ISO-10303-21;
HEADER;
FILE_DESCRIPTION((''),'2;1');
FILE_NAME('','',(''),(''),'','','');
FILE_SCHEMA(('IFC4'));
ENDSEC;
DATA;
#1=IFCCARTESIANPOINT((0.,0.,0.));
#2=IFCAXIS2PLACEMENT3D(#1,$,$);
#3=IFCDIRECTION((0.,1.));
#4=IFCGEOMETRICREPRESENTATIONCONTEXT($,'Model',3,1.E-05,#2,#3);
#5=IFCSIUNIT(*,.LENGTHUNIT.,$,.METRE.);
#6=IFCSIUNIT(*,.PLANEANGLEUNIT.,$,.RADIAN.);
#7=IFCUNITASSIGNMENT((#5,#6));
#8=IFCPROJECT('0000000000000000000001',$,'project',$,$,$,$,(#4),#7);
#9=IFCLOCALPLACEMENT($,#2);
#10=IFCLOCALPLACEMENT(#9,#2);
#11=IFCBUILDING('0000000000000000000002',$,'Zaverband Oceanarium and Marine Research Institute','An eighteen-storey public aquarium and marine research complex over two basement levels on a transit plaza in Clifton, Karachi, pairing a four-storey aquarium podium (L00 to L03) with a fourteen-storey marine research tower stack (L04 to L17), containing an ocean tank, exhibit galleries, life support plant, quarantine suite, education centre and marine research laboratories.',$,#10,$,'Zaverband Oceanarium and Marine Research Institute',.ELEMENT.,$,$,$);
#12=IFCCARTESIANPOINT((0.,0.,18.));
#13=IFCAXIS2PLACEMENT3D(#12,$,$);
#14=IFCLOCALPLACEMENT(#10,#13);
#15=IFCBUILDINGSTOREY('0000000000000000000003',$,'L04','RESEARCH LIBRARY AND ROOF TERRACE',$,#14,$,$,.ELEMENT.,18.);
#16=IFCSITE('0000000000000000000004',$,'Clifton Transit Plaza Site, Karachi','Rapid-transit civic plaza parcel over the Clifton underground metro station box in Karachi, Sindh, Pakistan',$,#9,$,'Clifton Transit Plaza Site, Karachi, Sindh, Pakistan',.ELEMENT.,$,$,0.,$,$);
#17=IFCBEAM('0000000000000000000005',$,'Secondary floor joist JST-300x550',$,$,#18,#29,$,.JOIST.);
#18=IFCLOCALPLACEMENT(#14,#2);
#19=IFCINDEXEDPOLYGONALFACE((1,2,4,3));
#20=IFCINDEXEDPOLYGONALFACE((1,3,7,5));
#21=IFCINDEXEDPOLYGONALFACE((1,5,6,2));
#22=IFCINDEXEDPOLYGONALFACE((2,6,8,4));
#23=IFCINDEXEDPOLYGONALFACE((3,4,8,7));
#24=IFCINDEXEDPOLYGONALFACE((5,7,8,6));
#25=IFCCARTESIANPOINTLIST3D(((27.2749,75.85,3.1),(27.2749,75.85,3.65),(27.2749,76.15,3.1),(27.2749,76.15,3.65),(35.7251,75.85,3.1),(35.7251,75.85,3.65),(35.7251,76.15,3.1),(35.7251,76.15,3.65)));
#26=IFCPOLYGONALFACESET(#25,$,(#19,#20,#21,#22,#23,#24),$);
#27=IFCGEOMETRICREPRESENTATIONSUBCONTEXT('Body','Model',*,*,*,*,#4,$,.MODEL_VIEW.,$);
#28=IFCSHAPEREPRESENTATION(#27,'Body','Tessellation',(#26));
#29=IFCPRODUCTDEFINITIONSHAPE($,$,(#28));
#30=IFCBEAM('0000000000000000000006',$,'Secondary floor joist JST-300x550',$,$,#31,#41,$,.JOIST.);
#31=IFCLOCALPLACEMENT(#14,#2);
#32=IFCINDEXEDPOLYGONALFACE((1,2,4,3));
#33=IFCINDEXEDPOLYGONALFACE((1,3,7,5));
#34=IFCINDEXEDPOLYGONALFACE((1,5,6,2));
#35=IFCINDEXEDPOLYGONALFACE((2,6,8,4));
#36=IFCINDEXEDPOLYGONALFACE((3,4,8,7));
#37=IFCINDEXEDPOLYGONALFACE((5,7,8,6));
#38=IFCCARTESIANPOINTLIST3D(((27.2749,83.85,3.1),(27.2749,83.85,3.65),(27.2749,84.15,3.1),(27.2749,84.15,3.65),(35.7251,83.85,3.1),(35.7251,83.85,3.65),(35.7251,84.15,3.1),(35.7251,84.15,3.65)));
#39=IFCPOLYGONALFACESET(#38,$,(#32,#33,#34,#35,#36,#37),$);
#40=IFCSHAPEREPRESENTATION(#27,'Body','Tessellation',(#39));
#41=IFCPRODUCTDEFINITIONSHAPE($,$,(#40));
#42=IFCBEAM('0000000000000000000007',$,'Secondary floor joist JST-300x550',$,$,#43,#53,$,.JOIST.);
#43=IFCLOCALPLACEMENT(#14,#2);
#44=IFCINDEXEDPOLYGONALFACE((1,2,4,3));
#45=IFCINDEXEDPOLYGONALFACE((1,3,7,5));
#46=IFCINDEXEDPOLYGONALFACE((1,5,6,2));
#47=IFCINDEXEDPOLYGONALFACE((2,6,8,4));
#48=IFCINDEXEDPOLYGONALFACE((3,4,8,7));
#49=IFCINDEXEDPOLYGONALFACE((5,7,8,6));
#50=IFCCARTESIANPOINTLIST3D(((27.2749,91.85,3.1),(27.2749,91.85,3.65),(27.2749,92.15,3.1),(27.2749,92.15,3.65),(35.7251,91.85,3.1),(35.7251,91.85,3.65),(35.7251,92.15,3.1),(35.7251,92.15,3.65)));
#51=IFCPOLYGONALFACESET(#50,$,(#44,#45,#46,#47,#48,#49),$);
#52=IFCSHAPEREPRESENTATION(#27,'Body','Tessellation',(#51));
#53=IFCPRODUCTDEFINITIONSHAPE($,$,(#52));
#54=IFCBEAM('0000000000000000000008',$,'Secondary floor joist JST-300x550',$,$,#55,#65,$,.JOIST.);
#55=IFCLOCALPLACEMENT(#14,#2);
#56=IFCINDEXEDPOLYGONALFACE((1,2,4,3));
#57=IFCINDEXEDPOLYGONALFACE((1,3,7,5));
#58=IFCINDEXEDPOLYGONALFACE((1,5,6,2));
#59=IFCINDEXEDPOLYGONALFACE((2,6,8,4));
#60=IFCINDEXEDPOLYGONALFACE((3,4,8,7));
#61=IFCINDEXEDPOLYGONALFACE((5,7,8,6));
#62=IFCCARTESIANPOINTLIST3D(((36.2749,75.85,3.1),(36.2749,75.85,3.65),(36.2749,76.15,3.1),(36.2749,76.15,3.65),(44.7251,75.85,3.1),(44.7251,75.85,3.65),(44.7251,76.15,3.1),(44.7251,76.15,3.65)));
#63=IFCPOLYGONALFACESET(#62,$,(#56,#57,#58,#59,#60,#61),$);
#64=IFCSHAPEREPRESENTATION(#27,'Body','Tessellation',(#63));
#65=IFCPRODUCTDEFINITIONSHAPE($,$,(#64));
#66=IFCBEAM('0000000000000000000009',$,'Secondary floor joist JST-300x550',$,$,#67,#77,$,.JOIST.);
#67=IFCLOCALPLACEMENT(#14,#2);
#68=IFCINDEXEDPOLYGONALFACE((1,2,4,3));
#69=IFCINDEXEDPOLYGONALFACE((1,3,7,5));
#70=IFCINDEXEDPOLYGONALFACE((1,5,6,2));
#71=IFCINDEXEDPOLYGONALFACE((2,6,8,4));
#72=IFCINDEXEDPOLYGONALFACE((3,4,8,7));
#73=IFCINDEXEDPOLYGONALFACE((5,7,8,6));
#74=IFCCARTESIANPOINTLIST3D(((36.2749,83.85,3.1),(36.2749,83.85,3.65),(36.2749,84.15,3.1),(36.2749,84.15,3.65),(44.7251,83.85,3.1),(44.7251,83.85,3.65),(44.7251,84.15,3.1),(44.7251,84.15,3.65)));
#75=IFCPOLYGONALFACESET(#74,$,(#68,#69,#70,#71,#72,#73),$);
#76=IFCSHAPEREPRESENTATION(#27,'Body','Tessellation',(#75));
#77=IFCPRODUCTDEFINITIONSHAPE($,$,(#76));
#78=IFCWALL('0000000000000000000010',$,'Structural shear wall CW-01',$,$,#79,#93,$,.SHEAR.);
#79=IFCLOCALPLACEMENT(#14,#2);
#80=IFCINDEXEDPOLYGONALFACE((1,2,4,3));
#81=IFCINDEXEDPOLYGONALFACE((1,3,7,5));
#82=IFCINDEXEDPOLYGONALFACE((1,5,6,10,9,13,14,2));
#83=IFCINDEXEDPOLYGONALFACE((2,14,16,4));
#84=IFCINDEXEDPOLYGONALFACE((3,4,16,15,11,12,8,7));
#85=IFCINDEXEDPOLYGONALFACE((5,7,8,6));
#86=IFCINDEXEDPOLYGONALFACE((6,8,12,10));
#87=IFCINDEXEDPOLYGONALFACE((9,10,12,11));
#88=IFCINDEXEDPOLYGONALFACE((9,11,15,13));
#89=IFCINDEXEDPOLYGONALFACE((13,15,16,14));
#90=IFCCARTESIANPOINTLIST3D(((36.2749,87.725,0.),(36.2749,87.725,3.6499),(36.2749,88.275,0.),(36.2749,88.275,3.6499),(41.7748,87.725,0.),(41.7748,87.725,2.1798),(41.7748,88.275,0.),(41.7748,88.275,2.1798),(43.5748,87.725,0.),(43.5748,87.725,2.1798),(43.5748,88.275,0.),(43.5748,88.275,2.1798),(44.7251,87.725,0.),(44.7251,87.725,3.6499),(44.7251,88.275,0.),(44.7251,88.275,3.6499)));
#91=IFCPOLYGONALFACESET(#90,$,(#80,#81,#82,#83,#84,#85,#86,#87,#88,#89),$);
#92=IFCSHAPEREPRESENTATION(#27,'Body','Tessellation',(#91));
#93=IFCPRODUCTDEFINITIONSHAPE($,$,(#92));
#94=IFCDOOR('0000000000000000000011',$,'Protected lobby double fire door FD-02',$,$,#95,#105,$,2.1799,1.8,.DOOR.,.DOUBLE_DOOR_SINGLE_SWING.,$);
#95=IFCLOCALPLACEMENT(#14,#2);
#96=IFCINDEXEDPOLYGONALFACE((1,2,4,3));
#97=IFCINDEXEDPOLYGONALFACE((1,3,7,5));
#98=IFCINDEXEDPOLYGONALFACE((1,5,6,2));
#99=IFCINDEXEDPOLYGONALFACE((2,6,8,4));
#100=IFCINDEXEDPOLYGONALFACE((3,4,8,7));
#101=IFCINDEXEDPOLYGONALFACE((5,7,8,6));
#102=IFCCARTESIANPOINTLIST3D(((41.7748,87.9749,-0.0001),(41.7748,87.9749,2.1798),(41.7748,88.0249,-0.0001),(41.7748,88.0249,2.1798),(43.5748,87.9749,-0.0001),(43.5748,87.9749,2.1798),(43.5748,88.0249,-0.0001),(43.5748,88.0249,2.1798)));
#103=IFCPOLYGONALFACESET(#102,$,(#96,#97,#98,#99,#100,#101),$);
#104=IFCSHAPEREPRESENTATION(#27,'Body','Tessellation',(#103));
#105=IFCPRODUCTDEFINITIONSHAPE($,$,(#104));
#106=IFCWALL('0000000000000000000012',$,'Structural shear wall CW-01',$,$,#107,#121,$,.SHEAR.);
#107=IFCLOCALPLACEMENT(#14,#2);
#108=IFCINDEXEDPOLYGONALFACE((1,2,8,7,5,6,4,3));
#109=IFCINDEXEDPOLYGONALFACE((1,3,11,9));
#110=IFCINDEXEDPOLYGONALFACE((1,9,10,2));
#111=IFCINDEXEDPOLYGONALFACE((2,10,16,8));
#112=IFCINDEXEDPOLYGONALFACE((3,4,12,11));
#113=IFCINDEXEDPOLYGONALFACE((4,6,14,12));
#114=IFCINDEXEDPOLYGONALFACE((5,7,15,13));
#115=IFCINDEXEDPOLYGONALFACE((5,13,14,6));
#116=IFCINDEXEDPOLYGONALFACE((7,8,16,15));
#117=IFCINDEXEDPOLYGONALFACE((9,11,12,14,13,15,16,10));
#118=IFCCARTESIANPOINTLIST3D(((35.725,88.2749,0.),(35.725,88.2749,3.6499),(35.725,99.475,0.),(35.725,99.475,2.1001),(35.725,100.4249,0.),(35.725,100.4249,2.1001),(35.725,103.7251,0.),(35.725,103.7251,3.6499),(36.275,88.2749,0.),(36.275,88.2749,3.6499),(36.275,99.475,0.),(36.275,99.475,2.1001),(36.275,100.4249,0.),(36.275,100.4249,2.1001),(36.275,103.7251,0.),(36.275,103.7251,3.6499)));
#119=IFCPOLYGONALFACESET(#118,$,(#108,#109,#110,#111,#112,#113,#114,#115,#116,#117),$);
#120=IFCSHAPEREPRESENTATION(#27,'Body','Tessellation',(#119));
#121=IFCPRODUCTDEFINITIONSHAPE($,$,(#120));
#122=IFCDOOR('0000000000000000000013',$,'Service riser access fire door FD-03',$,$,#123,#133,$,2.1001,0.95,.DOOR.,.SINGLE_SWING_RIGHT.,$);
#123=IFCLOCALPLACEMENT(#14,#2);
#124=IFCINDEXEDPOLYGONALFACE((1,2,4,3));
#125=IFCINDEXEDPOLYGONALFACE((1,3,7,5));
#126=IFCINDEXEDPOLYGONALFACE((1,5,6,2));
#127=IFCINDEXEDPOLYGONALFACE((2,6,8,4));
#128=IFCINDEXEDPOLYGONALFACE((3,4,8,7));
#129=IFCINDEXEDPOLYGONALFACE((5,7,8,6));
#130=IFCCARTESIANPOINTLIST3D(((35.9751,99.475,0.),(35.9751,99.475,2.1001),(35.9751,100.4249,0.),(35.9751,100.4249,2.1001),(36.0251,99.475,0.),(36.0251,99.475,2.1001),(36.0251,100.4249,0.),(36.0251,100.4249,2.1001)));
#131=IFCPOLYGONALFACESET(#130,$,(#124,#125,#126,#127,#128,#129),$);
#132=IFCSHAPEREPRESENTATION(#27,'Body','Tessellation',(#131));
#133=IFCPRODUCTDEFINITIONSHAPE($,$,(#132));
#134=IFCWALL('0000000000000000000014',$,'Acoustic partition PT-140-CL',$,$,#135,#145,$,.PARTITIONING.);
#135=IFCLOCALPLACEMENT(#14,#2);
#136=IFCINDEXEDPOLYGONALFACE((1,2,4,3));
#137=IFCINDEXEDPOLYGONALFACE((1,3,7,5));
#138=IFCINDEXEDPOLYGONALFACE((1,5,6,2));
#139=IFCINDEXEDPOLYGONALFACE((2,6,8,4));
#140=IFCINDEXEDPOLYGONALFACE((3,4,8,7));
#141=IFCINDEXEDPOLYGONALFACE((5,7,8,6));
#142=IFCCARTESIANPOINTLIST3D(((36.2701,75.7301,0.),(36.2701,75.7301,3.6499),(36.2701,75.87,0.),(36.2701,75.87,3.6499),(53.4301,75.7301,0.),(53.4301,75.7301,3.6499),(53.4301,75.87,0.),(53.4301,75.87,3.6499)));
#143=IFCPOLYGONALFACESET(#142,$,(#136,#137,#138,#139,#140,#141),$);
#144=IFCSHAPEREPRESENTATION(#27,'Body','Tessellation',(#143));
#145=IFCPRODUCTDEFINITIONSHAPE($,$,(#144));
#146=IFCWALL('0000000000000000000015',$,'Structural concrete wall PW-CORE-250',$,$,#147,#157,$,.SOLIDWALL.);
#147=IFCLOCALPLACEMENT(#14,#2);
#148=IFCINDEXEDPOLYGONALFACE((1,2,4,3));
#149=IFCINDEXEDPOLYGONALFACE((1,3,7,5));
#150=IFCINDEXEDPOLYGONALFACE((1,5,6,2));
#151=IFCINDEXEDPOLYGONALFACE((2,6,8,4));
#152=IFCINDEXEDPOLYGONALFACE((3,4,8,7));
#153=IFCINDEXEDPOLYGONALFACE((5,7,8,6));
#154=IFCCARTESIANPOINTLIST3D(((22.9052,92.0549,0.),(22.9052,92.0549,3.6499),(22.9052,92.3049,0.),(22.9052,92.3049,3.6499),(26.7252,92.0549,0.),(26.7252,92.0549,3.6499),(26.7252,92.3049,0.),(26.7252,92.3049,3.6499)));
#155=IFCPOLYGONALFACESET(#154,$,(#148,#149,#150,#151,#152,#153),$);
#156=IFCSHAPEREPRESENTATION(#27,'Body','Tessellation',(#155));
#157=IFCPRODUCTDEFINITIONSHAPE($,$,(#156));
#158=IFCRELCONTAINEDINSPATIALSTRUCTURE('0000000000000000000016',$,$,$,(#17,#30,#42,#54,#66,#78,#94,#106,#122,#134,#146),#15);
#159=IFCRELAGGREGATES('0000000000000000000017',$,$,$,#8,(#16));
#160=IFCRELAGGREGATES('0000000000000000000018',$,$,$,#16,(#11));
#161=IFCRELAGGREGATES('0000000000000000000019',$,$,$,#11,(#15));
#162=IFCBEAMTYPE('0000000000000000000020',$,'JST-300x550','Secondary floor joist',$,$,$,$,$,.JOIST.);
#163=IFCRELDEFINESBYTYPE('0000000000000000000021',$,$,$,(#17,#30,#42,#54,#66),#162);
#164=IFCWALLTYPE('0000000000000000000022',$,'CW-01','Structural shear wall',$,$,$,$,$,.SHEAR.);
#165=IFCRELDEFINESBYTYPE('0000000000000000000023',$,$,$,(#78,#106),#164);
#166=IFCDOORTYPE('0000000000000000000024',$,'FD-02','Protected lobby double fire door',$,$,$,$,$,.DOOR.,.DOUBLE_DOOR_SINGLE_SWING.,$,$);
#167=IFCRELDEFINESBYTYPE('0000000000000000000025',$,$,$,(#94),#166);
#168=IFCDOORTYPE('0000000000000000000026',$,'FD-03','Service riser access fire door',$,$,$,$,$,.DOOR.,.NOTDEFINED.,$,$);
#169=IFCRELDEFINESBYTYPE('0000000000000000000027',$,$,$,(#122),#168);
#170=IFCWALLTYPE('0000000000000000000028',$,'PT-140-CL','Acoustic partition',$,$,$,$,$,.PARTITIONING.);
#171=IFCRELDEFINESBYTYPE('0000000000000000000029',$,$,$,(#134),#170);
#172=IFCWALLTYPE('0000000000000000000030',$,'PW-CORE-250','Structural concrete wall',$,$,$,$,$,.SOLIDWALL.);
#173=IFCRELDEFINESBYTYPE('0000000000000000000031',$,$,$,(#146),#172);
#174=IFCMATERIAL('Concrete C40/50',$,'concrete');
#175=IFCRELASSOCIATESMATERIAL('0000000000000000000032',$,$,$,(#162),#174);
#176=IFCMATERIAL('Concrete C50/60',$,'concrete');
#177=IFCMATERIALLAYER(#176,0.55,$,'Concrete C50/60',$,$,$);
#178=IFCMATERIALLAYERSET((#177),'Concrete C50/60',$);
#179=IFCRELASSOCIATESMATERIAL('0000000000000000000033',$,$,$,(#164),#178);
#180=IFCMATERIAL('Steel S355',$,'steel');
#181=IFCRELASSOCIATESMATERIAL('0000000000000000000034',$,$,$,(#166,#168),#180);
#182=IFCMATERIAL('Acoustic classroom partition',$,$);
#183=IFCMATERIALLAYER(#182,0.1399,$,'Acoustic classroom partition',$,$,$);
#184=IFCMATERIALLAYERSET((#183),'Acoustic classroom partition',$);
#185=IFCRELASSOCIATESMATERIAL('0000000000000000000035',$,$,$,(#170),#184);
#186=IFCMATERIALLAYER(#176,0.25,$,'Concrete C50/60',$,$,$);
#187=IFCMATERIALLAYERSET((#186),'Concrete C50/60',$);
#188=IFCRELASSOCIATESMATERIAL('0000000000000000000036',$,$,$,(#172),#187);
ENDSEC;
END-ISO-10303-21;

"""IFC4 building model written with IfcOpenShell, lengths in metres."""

from ifc_helpers import new_model, si_unit, direction, frame, frame_2d, origin, origin_2d, place, context, subcontext, project, spatial, rectangle, extrude, material, layer, layer_set, material_profile, profile_set, type_object, element, fill, save


model = new_model("IFC4")

# Units and contexts
model_context = context("Model", 3, precision=1e-05, world=origin(), true_north=direction((0.0, 1.0)))
body_context = subcontext(model_context, "Body", "Model", "MODEL_VIEW")
ifc_project = project(units=[si_unit("LENGTHUNIT", "METRE"), si_unit("PLANEANGLEUNIT", "RADIAN")], contexts=[model_context])

# Site, building, storey
site_placement = place(None, origin())
site = spatial("IfcSite", under=ifc_project, at=site_placement, Name="Clifton Transit Plaza Site, Karachi", Description="Rapid-transit civic plaza parcel over the Clifton underground metro station box in Karachi, Sindh, Pakistan", LongName="Clifton Transit Plaza Site, Karachi, Sindh, Pakistan", CompositionType="ELEMENT", RefElevation=0.0)
building_placement = place(site_placement, origin())
building = spatial("IfcBuilding", under=site, at=building_placement, Name="Zaverband Oceanarium and Marine Research Institute", Description="An eighteen-storey public aquarium and marine research complex over two basement levels on a transit plaza in Clifton, Karachi, pairing a four-storey aquarium podium (L00 to L03) with a fourteen-storey marine research tower stack (L04 to L17), containing an ocean tank, exhibit galleries, life support plant, quarantine suite, education centre and marine research laboratories.", LongName="Zaverband Oceanarium and Marine Research Institute", CompositionType="ELEMENT")
storey_placement = place(building_placement, frame((0.0, 0.0, 18.0)))
storey = spatial("IfcBuildingStorey", under=building, at=storey_placement, Name="L04", Description="RESEARCH LIBRARY AND ROOF TERRACE", CompositionType="ELEMENT", Elevation=18.0)

# Shared definitions
ifc_material_1 = material(Name="Concrete C50/60", Category="concrete")

# Beams
ifc_material_2 = material(Name="Concrete C40/50", Category="concrete")
ifc_material_profile_1 = material_profile(ifc_material_2, rectangle(XDim=0.3, YDim=0.55, at=origin_2d()), Name="RC300x550")
ifc_profile_set_1 = profile_set([ifc_material_profile_1], Name="Concrete C40/50")
beam_type_1 = type_object("IfcBeamType", Name="JST-300x550", Description="Secondary floor joist", PredefinedType="JOIST", material=ifc_profile_set_1)
for number, where, z_axis, x_axis, name in (
    (1, (27.2749, 76.0, 3.375), (1.0, 0.0, 0.0), (0.0, 1.0, 0.0), "Secondary floor joist JST-300x550"),
    (2, (27.2749, 84.0, 3.375), (1.0, 0.0, 0.0), (0.0, 1.0, 0.0), "Secondary floor joist JST-300x550"),
    (3, (27.2749, 92.0, 3.375), (1.0, 0.0, 0.0), (0.0, 1.0, 0.0), "Secondary floor joist JST-300x550"),
    (4, (36.2749, 76.0, 3.375), (1.0, 0.0, 0.0), (0.0, 1.0, 0.0), "Secondary floor joist JST-300x550"),
    (5, (36.2749, 84.0, 3.375), (1.0, 0.0, 0.0), (0.0, 1.0, 0.0), "Secondary floor joist JST-300x550"),
):
    element("IfcBeam", number, at=place(storey_placement, frame(where, z_axis=z_axis, x_axis=x_axis)), inside=storey, type_object=beam_type_1, Name=name, PredefinedType="JOIST", context=body_context, shape_type="SweptSolid", body=[
        extrude(rectangle(XDim=0.3, YDim=0.55, at=origin_2d()), origin(), (0.0, 0.0, 1.0), 8.4502),
    ])

# Shared definitions
ifc_layer_1 = layer(ifc_material_1, 0.55, Name="Concrete C50/60")
ifc_layer_set_1 = layer_set([ifc_layer_1], Name="Concrete C50/60")
wall_type_1 = type_object("IfcWallType", Name="CW-01", Description="Structural shear wall", PredefinedType="SHEAR", material=ifc_layer_set_1)
ifc_material_3 = material(Name="Steel S355", Category="steel")

# Walls, openings, doors
wall_1_placement = place(storey_placement, frame((36.2749, 88.0, 0.0), z_axis=(0.0, 0.0, 1.0), x_axis=(1.0, 0.0, 0.0)))
wall_1 = element("IfcWall", 6, at=wall_1_placement, inside=storey, type_object=wall_type_1, Name="Structural shear wall CW-01", PredefinedType="SHEAR", context=body_context, shape_type="SweptSolid", body=[
    extrude(rectangle(XDim=8.4502, YDim=0.55, at=frame_2d((4.2251, 0.0))), origin(), (0.0, 0.0, 1.0), 3.6499),
])
opening_1_placement = place(wall_1_placement, frame((5.5, 0.0, 0.0)))
opening_1 = element("IfcOpeningElement", 7, at=opening_1_placement, cuts=wall_1, PredefinedType="OPENING", context=body_context, shape_type="SweptSolid", body=[
    extrude(rectangle(XDim=1.8, YDim=2.1799, at=frame_2d((0.8999, 1.0898))), frame((0.0, 0.2871, 0.0), z_axis=(0.0, -1.0, 0.0), x_axis=(1.0, 0.0, 0.0)), (0.0, 0.0, 1.0), 0.574),
])
door_type_1 = type_object("IfcDoorType", Name="FD-02", Description="Protected lobby double fire door", OperationType="DOUBLE_DOOR_SINGLE_SWING", PredefinedType="DOOR", material=ifc_material_3)
door_1_placement = place(opening_1_placement, origin())
door_1 = element("IfcDoor", 8, at=door_1_placement, inside=storey, type_object=door_type_1, Name="Protected lobby double fire door FD-02", OperationType="DOUBLE_DOOR_SINGLE_SWING", OverallHeight=2.1799, OverallWidth=1.8, PredefinedType="DOOR", context=body_context, shape_type="SweptSolid", body=[
    extrude(rectangle(XDim=1.8, YDim=2.1799, at=frame_2d((0.8999, 1.0898))), frame((0.0, 0.0249, 0.0), z_axis=(0.0, -1.0, 0.0), x_axis=(1.0, 0.0, 0.0)), (0.0, 0.0, 1.0), 0.05),
])
fill(opening_1, door_1)
wall_2_placement = place(storey_placement, frame((36.0, 88.2749, 0.0), z_axis=(0.0, 0.0, 1.0), x_axis=(0.0, 1.0, 0.0)))
wall_2 = element("IfcWall", 9, at=wall_2_placement, inside=storey, type_object=wall_type_1, Name="Structural shear wall CW-01", PredefinedType="SHEAR", context=body_context, shape_type="SweptSolid", body=[
    extrude(rectangle(XDim=15.4502, YDim=0.55, at=frame_2d((7.7251, 0.0))), origin(), (0.0, 0.0, 1.0), 3.6499),
])
opening_2_placement = place(wall_2_placement, frame((11.2, 0.0, 0.0)))
opening_2 = element("IfcOpeningElement", 10, at=opening_2_placement, cuts=wall_2, PredefinedType="OPENING", context=body_context, shape_type="SweptSolid", body=[
    extrude(rectangle(XDim=0.95, YDim=2.1001, at=frame_2d((0.4751, 1.05))), frame((0.0, 0.2871, 0.0), z_axis=(0.0, -1.0, 0.0), x_axis=(1.0, 0.0, 0.0)), (0.0, 0.0, 1.0), 0.574),
])
door_type_2 = type_object("IfcDoorType", Name="FD-03", Description="Service riser access fire door", OperationType="NOTDEFINED", PredefinedType="DOOR", material=ifc_material_3)
door_2_placement = place(opening_2_placement, origin())
door_2 = element("IfcDoor", 11, at=door_2_placement, inside=storey, type_object=door_type_2, Name="Service riser access fire door FD-03", OperationType="SINGLE_SWING_RIGHT", OverallHeight=2.1001, OverallWidth=0.95, PredefinedType="DOOR", context=body_context, shape_type="SweptSolid", body=[
    extrude(rectangle(XDim=0.95, YDim=2.1001, at=frame_2d((0.4751, 1.05))), frame((0.0, 0.0249, 0.0), z_axis=(0.0, -1.0, 0.0), x_axis=(1.0, 0.0, 0.0)), (0.0, 0.0, 1.0), 0.05),
])
fill(opening_2, door_2)

# Walls
ifc_material_4 = material(Name="Acoustic classroom partition")
ifc_layer_2 = layer(ifc_material_4, 0.1399, Name="Acoustic classroom partition")
ifc_layer_set_2 = layer_set([ifc_layer_2], Name="Acoustic classroom partition")
wall_type_2 = type_object("IfcWallType", Name="PT-140-CL", Description="Acoustic partition", PredefinedType="PARTITIONING", material=ifc_layer_set_2)
wall_3_placement = place(storey_placement, frame((36.27, 75.8, 0.0), z_axis=(0.0, 0.0, 1.0), x_axis=(1.0, 0.0, 0.0)))
element("IfcWall", 12, at=wall_3_placement, inside=storey, type_object=wall_type_2, Name="Acoustic partition PT-140-CL", PredefinedType="PARTITIONING", context=body_context, shape_type="SweptSolid", body=[
    extrude(rectangle(XDim=17.1599, YDim=0.1399, at=frame_2d((8.5801, 0.0))), origin(), (0.0, 0.0, 1.0), 3.6499),
])
ifc_layer_3 = layer(ifc_material_1, 0.25, Name="Concrete C50/60")
ifc_layer_set_3 = layer_set([ifc_layer_3], Name="Concrete C50/60")
wall_type_3 = type_object("IfcWallType", Name="PW-CORE-250", Description="Structural concrete wall", PredefinedType="SOLIDWALL", material=ifc_layer_set_3)
wall_4_placement = place(storey_placement, frame((22.905, 92.1799, 0.0), z_axis=(0.0, 0.0, 1.0), x_axis=(1.0, 0.0, 0.0)))
element("IfcWall", 13, at=wall_4_placement, inside=storey, type_object=wall_type_3, Name="Structural concrete wall PW-CORE-250", PredefinedType="SOLIDWALL", context=body_context, shape_type="SweptSolid", body=[
    extrude(rectangle(XDim=3.8201, YDim=0.25, at=frame_2d((1.9102, 0.0))), origin(), (0.0, 0.0, 1.0), 3.6499),
])

save(model, "model.ifc")
